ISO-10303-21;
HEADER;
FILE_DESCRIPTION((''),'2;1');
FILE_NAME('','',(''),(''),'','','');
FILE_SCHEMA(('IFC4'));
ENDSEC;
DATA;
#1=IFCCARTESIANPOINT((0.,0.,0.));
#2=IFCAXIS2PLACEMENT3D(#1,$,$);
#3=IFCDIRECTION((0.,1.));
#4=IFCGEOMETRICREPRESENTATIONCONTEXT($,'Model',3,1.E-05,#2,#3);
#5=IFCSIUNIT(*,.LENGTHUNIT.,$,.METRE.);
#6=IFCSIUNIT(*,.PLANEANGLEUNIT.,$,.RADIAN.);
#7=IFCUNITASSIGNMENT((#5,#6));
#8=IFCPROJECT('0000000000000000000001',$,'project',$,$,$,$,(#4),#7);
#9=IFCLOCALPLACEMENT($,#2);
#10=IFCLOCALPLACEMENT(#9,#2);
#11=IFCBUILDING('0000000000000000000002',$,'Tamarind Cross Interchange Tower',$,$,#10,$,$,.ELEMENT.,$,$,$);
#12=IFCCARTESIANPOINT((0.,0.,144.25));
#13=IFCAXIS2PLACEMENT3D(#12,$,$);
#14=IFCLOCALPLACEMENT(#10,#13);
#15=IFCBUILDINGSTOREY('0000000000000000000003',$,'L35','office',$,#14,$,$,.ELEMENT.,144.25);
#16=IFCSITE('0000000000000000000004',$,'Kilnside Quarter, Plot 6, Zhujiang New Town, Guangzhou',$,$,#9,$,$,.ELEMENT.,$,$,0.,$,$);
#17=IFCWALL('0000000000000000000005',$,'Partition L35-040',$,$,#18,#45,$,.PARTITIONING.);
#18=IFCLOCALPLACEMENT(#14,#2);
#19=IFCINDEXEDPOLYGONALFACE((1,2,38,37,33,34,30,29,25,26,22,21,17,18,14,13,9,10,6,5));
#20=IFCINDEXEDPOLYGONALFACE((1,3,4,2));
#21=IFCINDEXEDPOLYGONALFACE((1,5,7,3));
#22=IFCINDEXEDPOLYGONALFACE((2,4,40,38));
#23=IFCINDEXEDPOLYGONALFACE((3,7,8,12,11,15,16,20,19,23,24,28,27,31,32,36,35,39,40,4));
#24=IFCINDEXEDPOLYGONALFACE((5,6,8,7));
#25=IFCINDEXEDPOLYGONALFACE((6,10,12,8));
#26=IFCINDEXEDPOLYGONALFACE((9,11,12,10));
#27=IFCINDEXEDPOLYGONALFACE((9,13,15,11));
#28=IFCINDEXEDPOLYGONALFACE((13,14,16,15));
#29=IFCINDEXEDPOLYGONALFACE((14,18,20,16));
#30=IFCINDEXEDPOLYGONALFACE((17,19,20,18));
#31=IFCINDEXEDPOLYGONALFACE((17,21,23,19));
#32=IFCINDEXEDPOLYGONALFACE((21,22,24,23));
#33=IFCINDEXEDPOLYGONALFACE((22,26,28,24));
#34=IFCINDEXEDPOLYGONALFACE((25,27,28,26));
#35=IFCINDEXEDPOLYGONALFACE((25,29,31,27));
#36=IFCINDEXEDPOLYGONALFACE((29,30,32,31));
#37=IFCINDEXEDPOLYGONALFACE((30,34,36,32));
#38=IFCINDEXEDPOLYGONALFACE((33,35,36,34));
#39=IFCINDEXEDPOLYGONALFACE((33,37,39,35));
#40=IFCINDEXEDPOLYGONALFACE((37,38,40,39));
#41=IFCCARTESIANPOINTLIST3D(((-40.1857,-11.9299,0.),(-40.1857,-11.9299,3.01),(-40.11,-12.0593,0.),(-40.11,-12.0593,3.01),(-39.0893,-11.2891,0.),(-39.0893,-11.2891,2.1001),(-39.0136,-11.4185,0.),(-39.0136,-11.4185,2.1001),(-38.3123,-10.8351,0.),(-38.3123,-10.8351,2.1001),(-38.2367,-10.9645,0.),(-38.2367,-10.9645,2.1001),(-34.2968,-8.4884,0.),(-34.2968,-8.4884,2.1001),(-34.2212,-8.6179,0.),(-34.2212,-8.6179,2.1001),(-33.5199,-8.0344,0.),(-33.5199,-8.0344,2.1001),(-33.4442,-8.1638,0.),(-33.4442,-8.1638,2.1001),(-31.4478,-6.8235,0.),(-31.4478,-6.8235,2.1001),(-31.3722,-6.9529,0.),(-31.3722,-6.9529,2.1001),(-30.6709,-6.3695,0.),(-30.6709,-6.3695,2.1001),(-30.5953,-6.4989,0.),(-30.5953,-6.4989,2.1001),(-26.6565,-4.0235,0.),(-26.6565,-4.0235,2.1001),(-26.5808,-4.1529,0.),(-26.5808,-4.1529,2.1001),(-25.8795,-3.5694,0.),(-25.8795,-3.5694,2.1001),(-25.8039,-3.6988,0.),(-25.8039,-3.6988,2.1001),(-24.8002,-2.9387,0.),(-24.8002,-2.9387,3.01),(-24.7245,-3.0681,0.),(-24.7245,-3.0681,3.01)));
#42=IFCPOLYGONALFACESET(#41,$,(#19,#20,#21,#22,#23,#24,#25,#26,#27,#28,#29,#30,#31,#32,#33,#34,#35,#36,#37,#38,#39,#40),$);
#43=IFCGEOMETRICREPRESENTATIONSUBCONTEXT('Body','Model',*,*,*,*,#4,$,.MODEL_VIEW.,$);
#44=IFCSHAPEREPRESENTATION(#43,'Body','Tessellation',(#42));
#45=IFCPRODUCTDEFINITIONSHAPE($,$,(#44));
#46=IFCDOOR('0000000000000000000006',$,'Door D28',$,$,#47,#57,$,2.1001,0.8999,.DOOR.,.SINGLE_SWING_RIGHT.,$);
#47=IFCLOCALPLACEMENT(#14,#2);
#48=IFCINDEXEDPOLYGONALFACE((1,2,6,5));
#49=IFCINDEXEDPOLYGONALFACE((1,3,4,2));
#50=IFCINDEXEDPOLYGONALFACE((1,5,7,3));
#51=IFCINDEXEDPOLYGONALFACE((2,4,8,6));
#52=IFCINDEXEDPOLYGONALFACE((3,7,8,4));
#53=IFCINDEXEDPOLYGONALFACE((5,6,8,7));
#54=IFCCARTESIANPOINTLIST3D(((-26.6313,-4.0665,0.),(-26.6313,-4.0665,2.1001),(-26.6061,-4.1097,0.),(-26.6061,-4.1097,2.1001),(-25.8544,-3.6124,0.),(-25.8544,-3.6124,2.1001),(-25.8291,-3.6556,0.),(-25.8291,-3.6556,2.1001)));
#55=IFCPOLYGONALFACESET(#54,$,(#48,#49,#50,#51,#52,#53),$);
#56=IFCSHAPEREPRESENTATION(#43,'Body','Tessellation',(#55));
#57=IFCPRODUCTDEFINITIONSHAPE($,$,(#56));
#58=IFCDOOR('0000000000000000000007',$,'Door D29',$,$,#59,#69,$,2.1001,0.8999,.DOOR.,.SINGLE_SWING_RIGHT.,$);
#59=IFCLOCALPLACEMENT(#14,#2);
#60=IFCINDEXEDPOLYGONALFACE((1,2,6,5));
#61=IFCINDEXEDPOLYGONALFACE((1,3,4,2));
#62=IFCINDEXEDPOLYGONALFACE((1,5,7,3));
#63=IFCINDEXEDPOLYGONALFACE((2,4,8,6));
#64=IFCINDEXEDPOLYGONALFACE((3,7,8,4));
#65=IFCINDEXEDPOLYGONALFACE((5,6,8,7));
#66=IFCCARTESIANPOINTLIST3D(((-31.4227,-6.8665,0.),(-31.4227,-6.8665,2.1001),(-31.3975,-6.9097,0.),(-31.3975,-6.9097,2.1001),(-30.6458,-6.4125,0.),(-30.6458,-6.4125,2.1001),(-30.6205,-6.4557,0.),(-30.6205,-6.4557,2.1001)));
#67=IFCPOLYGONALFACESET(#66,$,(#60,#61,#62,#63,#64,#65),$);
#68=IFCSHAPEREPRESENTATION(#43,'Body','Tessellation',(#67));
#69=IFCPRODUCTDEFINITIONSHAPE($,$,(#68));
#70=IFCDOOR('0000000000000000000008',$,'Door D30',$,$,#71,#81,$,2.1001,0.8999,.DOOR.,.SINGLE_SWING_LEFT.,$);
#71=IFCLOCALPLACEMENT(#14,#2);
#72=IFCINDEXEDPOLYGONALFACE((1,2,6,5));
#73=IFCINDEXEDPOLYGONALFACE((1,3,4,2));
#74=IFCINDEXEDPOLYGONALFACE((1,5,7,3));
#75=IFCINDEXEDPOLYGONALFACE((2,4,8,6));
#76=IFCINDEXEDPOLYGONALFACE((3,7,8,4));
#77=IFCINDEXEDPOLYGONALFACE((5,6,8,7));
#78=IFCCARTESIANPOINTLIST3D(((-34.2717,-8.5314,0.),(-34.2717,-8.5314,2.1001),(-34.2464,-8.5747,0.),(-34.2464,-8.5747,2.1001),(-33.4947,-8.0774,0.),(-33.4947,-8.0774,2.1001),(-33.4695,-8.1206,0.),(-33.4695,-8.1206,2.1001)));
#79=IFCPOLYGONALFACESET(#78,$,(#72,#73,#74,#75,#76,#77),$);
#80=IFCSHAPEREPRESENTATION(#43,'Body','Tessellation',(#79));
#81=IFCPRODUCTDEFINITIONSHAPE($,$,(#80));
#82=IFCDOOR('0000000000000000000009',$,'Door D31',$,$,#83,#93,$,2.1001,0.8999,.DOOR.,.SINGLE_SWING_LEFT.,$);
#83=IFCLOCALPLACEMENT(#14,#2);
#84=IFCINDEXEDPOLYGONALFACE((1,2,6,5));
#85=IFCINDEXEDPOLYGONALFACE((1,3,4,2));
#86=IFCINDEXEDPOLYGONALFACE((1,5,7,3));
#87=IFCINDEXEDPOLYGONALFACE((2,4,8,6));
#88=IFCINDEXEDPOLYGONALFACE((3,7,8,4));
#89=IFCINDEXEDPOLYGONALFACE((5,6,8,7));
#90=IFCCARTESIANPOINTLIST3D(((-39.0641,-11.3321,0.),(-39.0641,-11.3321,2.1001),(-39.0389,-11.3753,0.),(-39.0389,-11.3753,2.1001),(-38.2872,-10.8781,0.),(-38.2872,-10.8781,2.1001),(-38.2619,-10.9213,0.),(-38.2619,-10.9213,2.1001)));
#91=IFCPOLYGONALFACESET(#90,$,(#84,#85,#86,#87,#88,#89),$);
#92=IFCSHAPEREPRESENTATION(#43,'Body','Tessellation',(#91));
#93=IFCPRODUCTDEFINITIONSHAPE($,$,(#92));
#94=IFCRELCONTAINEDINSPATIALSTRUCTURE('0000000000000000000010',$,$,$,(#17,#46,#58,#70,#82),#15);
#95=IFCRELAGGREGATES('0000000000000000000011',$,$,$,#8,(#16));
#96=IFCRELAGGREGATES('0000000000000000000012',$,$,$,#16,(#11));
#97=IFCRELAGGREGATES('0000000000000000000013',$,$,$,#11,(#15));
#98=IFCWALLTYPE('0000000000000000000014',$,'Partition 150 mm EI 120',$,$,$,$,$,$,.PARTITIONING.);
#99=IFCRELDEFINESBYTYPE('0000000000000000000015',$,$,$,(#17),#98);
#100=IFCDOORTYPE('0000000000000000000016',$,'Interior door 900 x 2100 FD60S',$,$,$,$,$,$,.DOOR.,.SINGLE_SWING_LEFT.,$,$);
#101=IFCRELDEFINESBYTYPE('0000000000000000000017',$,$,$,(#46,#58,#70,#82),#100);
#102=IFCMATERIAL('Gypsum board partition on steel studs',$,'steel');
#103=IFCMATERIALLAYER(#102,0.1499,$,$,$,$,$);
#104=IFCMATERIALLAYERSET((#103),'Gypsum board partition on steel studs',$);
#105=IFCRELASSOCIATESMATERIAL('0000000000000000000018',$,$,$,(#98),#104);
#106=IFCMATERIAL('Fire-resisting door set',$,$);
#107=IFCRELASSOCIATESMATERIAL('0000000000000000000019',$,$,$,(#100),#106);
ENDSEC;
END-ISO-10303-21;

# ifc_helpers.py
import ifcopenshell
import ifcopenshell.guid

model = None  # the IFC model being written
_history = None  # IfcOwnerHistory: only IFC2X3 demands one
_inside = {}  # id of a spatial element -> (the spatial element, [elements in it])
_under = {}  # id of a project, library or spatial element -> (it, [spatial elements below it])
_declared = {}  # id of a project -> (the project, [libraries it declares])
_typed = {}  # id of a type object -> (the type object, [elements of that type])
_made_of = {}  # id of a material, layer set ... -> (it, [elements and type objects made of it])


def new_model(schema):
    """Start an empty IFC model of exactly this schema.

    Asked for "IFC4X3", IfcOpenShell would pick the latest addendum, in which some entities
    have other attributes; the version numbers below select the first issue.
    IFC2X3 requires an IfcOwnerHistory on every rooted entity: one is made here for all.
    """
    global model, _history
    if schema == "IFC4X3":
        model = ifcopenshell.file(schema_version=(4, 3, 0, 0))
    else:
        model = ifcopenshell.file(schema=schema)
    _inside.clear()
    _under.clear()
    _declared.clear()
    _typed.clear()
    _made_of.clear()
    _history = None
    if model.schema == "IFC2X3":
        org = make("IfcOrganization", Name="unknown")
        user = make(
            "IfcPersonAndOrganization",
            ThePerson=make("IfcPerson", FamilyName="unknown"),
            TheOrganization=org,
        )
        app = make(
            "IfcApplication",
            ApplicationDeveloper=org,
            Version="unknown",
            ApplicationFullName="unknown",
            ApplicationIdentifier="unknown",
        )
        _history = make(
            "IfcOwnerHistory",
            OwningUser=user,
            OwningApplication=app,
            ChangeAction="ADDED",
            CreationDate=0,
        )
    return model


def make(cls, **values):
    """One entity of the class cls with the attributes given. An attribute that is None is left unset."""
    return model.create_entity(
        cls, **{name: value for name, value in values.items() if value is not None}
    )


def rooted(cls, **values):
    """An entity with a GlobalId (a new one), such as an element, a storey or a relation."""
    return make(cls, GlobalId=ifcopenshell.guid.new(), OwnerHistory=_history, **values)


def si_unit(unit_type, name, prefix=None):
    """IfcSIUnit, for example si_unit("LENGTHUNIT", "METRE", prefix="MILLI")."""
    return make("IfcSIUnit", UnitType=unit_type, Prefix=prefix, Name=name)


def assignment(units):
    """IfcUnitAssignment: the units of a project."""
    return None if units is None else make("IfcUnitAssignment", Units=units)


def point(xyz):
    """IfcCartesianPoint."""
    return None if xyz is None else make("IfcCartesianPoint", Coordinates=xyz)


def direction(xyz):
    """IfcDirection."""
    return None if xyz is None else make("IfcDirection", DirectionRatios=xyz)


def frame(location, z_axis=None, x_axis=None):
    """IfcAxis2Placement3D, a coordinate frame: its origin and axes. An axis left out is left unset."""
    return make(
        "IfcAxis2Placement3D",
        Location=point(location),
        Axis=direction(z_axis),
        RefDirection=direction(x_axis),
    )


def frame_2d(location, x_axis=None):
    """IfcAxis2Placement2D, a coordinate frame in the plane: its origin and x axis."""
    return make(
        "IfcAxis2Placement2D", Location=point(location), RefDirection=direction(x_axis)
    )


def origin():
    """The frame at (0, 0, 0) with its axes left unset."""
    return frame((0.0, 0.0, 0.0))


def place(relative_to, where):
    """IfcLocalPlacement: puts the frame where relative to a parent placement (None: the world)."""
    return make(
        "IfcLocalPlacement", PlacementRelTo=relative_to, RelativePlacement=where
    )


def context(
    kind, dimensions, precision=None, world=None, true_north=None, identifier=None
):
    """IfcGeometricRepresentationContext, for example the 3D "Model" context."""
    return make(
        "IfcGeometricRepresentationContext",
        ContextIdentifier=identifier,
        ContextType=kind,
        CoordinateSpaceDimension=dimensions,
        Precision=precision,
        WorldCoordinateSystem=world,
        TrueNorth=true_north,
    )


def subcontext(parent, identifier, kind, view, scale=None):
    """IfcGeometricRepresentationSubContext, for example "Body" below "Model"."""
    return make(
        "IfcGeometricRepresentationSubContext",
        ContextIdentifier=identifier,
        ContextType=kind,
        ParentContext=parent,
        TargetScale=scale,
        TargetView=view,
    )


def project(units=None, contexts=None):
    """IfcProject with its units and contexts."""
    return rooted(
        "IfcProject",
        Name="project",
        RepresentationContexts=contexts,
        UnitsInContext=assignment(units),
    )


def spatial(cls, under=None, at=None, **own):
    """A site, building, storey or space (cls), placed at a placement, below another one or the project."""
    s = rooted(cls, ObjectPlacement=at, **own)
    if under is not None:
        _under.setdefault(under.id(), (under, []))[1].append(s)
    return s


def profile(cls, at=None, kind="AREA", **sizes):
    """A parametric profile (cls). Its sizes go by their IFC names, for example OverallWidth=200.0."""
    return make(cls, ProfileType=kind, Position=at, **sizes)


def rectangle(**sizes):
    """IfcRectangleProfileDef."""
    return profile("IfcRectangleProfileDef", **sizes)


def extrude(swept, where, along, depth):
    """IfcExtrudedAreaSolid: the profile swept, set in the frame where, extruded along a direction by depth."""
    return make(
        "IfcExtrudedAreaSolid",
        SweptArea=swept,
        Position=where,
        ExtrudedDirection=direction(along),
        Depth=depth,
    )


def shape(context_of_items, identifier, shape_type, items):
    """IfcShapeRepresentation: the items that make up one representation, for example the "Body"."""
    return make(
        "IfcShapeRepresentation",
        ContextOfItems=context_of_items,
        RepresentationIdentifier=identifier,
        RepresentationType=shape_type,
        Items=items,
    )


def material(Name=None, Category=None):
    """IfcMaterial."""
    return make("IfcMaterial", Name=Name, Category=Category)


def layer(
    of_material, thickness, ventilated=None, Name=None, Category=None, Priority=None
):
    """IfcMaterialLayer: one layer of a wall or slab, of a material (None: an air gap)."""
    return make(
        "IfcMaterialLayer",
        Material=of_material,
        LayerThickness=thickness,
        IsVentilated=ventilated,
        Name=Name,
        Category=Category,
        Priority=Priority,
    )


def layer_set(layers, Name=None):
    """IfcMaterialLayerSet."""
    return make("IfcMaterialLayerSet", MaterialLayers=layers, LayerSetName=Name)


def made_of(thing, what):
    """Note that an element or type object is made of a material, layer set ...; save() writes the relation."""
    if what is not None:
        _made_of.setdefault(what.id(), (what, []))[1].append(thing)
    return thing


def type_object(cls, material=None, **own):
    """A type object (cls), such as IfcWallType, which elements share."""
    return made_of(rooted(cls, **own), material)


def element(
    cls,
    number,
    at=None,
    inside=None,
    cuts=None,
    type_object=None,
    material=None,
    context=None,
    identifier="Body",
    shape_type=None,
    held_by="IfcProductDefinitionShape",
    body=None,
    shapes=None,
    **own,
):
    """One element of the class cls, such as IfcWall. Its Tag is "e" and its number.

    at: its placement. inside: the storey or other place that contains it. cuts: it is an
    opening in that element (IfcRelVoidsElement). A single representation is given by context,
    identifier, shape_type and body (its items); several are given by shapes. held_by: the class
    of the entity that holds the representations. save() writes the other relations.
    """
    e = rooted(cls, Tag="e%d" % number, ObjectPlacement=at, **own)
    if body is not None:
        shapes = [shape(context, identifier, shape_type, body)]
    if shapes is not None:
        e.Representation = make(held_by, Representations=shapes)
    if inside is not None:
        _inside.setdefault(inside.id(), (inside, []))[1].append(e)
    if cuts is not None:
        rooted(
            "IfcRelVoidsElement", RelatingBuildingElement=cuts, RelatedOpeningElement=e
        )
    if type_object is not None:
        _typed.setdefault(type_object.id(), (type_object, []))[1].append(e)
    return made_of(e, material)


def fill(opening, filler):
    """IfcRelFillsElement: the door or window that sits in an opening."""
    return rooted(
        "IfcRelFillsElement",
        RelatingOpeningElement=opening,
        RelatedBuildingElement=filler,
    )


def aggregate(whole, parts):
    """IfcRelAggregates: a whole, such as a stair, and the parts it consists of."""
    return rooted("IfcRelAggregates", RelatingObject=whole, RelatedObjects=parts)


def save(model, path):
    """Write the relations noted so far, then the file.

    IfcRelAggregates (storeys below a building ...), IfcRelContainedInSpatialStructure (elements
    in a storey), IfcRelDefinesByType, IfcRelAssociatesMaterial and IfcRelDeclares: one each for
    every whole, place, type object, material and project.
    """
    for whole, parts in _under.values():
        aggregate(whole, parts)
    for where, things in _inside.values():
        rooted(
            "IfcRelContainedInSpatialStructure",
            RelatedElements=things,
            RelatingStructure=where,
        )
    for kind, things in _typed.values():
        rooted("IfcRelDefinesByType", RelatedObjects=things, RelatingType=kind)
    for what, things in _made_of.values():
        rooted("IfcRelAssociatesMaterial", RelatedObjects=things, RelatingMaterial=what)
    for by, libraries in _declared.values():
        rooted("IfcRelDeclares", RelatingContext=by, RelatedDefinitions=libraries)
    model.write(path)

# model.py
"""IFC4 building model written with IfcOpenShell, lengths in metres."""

from ifc_helpers import new_model, si_unit, direction, frame, frame_2d, origin, place, context, subcontext, project, spatial, rectangle, extrude, material, layer, layer_set, type_object, element, fill, save


model = new_model("IFC4")

# Units and contexts
model_context = context("Model", 3, precision=1e-05, world=origin(), true_north=direction((0.0, 1.0)))
body_context = subcontext(model_context, "Body", "Model", "MODEL_VIEW")
ifc_project = project(units=[si_unit("LENGTHUNIT", "METRE"), si_unit("PLANEANGLEUNIT", "RADIAN")], contexts=[model_context])

# Site, building, storey
site_placement = place(None, origin())
site = spatial("IfcSite", under=ifc_project, at=site_placement, Name="Kilnside Quarter, Plot 6, Zhujiang New Town, Guangzhou", CompositionType="ELEMENT", RefElevation=0.0)
building_placement = place(site_placement, origin())
building = spatial("IfcBuilding", under=site, at=building_placement, Name="Tamarind Cross Interchange Tower", CompositionType="ELEMENT")
storey_placement = place(building_placement, frame((0.0, 0.0, 144.25)))
storey = spatial("IfcBuildingStorey", under=building, at=storey_placement, Name="L35", Description="office", CompositionType="ELEMENT", Elevation=144.25)

# Shared definitions
ifc_material_1 = material(Name="Gypsum board partition on steel studs", Category="steel")

# Shared definitions
ifc_layer_1 = layer(ifc_material_1, 0.1499)
ifc_layer_set_1 = layer_set([ifc_layer_1], Name="Gypsum board partition on steel studs")
wall_type_1 = type_object("IfcWallType", Name="Partition 150 mm EI 120", PredefinedType="PARTITIONING", material=ifc_layer_set_1)
ifc_material_2 = material(Name="Fire-resisting door set")

# Wall, openings, doors
wall_1_placement = place(storey_placement, frame((-40.1479, -11.9946, 0.0), z_axis=(0.0, 0.0, 1.0), x_axis=(0.86338, 0.504555, 0.0)))
wall_1 = element("IfcWall", 1, at=wall_1_placement, inside=storey, type_object=wall_type_1, Name="Partition L35-040", PredefinedType="PARTITIONING", context=body_context, shape_type="SweptSolid", body=[
    extrude(rectangle(XDim=17.8201, YDim=0.1499, at=frame_2d((8.9102, 0.0))), origin(), (0.0, 0.0, 1.0), 3.01),
])
opening_1_placement = place(wall_1_placement, frame((15.6702, 0.0, 0.0)))
opening_1 = element("IfcOpeningElement", 2, at=opening_1_placement, cuts=wall_1, PredefinedType="OPENING", context=body_context, shape_type="SweptSolid", body=[
    extrude(rectangle(XDim=0.8999, YDim=2.1001, at=frame_2d((0.45, 1.05))), frame((0.0, 0.085, 0.0), z_axis=(0.0, -1.0, 0.0), x_axis=(1.0, 0.0, 0.0)), (0.0, 0.0, 1.0), 0.1699),
])
opening_2_placement = place(wall_1_placement, frame((10.1206, 0.0, 0.0)))
opening_2 = element("IfcOpeningElement", 3, at=opening_2_placement, cuts=wall_1, PredefinedType="OPENING", context=body_context, shape_type="SweptSolid", body=[
    extrude(rectangle(XDim=0.8999, YDim=2.1001, at=frame_2d((0.45, 1.05))), frame((0.0, 0.085, 0.0), z_axis=(0.0, -1.0, 0.0), x_axis=(1.0, 0.0, 0.0)), (0.0, 0.0, 1.0), 0.1699),
])
opening_3_placement = place(wall_1_placement, frame((6.8208, 0.0, 0.0)))
opening_3 = element("IfcOpeningElement", 4, at=opening_3_placement, cuts=wall_1, PredefinedType="OPENING", context=body_context, shape_type="SweptSolid", body=[
    extrude(rectangle(XDim=0.8999, YDim=2.1001, at=frame_2d((0.45, 1.05))), frame((0.0, 0.085, 0.0), z_axis=(0.0, -1.0, 0.0), x_axis=(1.0, 0.0, 0.0)), (0.0, 0.0, 1.0), 0.1699),
])
opening_4_placement = place(wall_1_placement, frame((1.27, 0.0, 0.0)))
opening_4 = element("IfcOpeningElement", 5, at=opening_4_placement, cuts=wall_1, PredefinedType="OPENING", context=body_context, shape_type="SweptSolid", body=[
    extrude(rectangle(XDim=0.8999, YDim=2.1001, at=frame_2d((0.45, 1.05))), frame((0.0, 0.085, 0.0), z_axis=(0.0, -1.0, 0.0), x_axis=(1.0, 0.0, 0.0)), (0.0, 0.0, 1.0), 0.1699),
])
door_type_1 = type_object("IfcDoorType", Name="Interior door 900 x 2100 FD60S", OperationType="SINGLE_SWING_LEFT", PredefinedType="DOOR", material=ifc_material_2)
door_1_placement = place(opening_1_placement, frame((0.8999, 0.0, 0.0), z_axis=(0.0, 0.0, 1.0), x_axis=(-1.0, 0.0, 0.0)))
door_1 = element("IfcDoor", 6, at=door_1_placement, inside=storey, type_object=door_type_1, Name="Door D28", OperationType="SINGLE_SWING_RIGHT", OverallHeight=2.1001, OverallWidth=0.8999, PredefinedType="DOOR", context=body_context, shape_type="SweptSolid", body=[
    extrude(rectangle(XDim=0.8999, YDim=2.1001, at=frame_2d((0.45, 1.05))), frame((0.0, 0.0249, 0.0), z_axis=(0.0, -1.0, 0.0), x_axis=(1.0, 0.0, 0.0)), (0.0, 0.0, 1.0), 0.05),
])
fill(opening_1, door_1)
door_2_placement = place(opening_2_placement, frame((0.8999, 0.0, 0.0), z_axis=(0.0, 0.0, 1.0), x_axis=(-1.0, 0.0, 0.0)))
door_2 = element("IfcDoor", 7, at=door_2_placement, inside=storey, type_object=door_type_1, Name="Door D29", OperationType="SINGLE_SWING_RIGHT", OverallHeight=2.1001, OverallWidth=0.8999, PredefinedType="DOOR", context=body_context, shape_type="SweptSolid", body=[
    extrude(rectangle(XDim=0.8999, YDim=2.1001, at=frame_2d((0.45, 1.05))), frame((0.0, 0.0249, 0.0), z_axis=(0.0, -1.0, 0.0), x_axis=(1.0, 0.0, 0.0)), (0.0, 0.0, 1.0), 0.05),
])
fill(opening_2, door_2)
door_3_placement = place(opening_3_placement, frame((0.8999, 0.0, 0.0), z_axis=(0.0, 0.0, 1.0), x_axis=(-1.0, 0.0, 0.0)))
door_3 = element("IfcDoor", 8, at=door_3_placement, inside=storey, type_object=door_type_1, Name="Door D30", OperationType="SINGLE_SWING_LEFT", OverallHeight=2.1001, OverallWidth=0.8999, PredefinedType="DOOR", context=body_context, shape_type="SweptSolid", body=[
    extrude(rectangle(XDim=0.8999, YDim=2.1001, at=frame_2d((0.45, 1.05))), frame((0.0, 0.0249, 0.0), z_axis=(0.0, -1.0, 0.0), x_axis=(1.0, 0.0, 0.0)), (0.0, 0.0, 1.0), 0.05),
])
fill(opening_3, door_3)
door_4_placement = place(opening_4_placement, frame((0.8999, 0.0, 0.0), z_axis=(0.0, 0.0, 1.0), x_axis=(-1.0, 0.0, 0.0)))
door_4 = element("IfcDoor", 9, at=door_4_placement, inside=storey, type_object=door_type_1, Name="Door D31", OperationType="SINGLE_SWING_LEFT", OverallHeight=2.1001, OverallWidth=0.8999, PredefinedType="DOOR", context=body_context, shape_type="SweptSolid", body=[
    extrude(rectangle(XDim=0.8999, YDim=2.1001, at=frame_2d((0.45, 1.05))), frame((0.0, 0.0249, 0.0), z_axis=(0.0, -1.0, 0.0), x_axis=(1.0, 0.0, 0.0)), (0.0, 0.0, 1.0), 0.05),
])
fill(opening_4, door_4)

save(model, "model.ifc")
